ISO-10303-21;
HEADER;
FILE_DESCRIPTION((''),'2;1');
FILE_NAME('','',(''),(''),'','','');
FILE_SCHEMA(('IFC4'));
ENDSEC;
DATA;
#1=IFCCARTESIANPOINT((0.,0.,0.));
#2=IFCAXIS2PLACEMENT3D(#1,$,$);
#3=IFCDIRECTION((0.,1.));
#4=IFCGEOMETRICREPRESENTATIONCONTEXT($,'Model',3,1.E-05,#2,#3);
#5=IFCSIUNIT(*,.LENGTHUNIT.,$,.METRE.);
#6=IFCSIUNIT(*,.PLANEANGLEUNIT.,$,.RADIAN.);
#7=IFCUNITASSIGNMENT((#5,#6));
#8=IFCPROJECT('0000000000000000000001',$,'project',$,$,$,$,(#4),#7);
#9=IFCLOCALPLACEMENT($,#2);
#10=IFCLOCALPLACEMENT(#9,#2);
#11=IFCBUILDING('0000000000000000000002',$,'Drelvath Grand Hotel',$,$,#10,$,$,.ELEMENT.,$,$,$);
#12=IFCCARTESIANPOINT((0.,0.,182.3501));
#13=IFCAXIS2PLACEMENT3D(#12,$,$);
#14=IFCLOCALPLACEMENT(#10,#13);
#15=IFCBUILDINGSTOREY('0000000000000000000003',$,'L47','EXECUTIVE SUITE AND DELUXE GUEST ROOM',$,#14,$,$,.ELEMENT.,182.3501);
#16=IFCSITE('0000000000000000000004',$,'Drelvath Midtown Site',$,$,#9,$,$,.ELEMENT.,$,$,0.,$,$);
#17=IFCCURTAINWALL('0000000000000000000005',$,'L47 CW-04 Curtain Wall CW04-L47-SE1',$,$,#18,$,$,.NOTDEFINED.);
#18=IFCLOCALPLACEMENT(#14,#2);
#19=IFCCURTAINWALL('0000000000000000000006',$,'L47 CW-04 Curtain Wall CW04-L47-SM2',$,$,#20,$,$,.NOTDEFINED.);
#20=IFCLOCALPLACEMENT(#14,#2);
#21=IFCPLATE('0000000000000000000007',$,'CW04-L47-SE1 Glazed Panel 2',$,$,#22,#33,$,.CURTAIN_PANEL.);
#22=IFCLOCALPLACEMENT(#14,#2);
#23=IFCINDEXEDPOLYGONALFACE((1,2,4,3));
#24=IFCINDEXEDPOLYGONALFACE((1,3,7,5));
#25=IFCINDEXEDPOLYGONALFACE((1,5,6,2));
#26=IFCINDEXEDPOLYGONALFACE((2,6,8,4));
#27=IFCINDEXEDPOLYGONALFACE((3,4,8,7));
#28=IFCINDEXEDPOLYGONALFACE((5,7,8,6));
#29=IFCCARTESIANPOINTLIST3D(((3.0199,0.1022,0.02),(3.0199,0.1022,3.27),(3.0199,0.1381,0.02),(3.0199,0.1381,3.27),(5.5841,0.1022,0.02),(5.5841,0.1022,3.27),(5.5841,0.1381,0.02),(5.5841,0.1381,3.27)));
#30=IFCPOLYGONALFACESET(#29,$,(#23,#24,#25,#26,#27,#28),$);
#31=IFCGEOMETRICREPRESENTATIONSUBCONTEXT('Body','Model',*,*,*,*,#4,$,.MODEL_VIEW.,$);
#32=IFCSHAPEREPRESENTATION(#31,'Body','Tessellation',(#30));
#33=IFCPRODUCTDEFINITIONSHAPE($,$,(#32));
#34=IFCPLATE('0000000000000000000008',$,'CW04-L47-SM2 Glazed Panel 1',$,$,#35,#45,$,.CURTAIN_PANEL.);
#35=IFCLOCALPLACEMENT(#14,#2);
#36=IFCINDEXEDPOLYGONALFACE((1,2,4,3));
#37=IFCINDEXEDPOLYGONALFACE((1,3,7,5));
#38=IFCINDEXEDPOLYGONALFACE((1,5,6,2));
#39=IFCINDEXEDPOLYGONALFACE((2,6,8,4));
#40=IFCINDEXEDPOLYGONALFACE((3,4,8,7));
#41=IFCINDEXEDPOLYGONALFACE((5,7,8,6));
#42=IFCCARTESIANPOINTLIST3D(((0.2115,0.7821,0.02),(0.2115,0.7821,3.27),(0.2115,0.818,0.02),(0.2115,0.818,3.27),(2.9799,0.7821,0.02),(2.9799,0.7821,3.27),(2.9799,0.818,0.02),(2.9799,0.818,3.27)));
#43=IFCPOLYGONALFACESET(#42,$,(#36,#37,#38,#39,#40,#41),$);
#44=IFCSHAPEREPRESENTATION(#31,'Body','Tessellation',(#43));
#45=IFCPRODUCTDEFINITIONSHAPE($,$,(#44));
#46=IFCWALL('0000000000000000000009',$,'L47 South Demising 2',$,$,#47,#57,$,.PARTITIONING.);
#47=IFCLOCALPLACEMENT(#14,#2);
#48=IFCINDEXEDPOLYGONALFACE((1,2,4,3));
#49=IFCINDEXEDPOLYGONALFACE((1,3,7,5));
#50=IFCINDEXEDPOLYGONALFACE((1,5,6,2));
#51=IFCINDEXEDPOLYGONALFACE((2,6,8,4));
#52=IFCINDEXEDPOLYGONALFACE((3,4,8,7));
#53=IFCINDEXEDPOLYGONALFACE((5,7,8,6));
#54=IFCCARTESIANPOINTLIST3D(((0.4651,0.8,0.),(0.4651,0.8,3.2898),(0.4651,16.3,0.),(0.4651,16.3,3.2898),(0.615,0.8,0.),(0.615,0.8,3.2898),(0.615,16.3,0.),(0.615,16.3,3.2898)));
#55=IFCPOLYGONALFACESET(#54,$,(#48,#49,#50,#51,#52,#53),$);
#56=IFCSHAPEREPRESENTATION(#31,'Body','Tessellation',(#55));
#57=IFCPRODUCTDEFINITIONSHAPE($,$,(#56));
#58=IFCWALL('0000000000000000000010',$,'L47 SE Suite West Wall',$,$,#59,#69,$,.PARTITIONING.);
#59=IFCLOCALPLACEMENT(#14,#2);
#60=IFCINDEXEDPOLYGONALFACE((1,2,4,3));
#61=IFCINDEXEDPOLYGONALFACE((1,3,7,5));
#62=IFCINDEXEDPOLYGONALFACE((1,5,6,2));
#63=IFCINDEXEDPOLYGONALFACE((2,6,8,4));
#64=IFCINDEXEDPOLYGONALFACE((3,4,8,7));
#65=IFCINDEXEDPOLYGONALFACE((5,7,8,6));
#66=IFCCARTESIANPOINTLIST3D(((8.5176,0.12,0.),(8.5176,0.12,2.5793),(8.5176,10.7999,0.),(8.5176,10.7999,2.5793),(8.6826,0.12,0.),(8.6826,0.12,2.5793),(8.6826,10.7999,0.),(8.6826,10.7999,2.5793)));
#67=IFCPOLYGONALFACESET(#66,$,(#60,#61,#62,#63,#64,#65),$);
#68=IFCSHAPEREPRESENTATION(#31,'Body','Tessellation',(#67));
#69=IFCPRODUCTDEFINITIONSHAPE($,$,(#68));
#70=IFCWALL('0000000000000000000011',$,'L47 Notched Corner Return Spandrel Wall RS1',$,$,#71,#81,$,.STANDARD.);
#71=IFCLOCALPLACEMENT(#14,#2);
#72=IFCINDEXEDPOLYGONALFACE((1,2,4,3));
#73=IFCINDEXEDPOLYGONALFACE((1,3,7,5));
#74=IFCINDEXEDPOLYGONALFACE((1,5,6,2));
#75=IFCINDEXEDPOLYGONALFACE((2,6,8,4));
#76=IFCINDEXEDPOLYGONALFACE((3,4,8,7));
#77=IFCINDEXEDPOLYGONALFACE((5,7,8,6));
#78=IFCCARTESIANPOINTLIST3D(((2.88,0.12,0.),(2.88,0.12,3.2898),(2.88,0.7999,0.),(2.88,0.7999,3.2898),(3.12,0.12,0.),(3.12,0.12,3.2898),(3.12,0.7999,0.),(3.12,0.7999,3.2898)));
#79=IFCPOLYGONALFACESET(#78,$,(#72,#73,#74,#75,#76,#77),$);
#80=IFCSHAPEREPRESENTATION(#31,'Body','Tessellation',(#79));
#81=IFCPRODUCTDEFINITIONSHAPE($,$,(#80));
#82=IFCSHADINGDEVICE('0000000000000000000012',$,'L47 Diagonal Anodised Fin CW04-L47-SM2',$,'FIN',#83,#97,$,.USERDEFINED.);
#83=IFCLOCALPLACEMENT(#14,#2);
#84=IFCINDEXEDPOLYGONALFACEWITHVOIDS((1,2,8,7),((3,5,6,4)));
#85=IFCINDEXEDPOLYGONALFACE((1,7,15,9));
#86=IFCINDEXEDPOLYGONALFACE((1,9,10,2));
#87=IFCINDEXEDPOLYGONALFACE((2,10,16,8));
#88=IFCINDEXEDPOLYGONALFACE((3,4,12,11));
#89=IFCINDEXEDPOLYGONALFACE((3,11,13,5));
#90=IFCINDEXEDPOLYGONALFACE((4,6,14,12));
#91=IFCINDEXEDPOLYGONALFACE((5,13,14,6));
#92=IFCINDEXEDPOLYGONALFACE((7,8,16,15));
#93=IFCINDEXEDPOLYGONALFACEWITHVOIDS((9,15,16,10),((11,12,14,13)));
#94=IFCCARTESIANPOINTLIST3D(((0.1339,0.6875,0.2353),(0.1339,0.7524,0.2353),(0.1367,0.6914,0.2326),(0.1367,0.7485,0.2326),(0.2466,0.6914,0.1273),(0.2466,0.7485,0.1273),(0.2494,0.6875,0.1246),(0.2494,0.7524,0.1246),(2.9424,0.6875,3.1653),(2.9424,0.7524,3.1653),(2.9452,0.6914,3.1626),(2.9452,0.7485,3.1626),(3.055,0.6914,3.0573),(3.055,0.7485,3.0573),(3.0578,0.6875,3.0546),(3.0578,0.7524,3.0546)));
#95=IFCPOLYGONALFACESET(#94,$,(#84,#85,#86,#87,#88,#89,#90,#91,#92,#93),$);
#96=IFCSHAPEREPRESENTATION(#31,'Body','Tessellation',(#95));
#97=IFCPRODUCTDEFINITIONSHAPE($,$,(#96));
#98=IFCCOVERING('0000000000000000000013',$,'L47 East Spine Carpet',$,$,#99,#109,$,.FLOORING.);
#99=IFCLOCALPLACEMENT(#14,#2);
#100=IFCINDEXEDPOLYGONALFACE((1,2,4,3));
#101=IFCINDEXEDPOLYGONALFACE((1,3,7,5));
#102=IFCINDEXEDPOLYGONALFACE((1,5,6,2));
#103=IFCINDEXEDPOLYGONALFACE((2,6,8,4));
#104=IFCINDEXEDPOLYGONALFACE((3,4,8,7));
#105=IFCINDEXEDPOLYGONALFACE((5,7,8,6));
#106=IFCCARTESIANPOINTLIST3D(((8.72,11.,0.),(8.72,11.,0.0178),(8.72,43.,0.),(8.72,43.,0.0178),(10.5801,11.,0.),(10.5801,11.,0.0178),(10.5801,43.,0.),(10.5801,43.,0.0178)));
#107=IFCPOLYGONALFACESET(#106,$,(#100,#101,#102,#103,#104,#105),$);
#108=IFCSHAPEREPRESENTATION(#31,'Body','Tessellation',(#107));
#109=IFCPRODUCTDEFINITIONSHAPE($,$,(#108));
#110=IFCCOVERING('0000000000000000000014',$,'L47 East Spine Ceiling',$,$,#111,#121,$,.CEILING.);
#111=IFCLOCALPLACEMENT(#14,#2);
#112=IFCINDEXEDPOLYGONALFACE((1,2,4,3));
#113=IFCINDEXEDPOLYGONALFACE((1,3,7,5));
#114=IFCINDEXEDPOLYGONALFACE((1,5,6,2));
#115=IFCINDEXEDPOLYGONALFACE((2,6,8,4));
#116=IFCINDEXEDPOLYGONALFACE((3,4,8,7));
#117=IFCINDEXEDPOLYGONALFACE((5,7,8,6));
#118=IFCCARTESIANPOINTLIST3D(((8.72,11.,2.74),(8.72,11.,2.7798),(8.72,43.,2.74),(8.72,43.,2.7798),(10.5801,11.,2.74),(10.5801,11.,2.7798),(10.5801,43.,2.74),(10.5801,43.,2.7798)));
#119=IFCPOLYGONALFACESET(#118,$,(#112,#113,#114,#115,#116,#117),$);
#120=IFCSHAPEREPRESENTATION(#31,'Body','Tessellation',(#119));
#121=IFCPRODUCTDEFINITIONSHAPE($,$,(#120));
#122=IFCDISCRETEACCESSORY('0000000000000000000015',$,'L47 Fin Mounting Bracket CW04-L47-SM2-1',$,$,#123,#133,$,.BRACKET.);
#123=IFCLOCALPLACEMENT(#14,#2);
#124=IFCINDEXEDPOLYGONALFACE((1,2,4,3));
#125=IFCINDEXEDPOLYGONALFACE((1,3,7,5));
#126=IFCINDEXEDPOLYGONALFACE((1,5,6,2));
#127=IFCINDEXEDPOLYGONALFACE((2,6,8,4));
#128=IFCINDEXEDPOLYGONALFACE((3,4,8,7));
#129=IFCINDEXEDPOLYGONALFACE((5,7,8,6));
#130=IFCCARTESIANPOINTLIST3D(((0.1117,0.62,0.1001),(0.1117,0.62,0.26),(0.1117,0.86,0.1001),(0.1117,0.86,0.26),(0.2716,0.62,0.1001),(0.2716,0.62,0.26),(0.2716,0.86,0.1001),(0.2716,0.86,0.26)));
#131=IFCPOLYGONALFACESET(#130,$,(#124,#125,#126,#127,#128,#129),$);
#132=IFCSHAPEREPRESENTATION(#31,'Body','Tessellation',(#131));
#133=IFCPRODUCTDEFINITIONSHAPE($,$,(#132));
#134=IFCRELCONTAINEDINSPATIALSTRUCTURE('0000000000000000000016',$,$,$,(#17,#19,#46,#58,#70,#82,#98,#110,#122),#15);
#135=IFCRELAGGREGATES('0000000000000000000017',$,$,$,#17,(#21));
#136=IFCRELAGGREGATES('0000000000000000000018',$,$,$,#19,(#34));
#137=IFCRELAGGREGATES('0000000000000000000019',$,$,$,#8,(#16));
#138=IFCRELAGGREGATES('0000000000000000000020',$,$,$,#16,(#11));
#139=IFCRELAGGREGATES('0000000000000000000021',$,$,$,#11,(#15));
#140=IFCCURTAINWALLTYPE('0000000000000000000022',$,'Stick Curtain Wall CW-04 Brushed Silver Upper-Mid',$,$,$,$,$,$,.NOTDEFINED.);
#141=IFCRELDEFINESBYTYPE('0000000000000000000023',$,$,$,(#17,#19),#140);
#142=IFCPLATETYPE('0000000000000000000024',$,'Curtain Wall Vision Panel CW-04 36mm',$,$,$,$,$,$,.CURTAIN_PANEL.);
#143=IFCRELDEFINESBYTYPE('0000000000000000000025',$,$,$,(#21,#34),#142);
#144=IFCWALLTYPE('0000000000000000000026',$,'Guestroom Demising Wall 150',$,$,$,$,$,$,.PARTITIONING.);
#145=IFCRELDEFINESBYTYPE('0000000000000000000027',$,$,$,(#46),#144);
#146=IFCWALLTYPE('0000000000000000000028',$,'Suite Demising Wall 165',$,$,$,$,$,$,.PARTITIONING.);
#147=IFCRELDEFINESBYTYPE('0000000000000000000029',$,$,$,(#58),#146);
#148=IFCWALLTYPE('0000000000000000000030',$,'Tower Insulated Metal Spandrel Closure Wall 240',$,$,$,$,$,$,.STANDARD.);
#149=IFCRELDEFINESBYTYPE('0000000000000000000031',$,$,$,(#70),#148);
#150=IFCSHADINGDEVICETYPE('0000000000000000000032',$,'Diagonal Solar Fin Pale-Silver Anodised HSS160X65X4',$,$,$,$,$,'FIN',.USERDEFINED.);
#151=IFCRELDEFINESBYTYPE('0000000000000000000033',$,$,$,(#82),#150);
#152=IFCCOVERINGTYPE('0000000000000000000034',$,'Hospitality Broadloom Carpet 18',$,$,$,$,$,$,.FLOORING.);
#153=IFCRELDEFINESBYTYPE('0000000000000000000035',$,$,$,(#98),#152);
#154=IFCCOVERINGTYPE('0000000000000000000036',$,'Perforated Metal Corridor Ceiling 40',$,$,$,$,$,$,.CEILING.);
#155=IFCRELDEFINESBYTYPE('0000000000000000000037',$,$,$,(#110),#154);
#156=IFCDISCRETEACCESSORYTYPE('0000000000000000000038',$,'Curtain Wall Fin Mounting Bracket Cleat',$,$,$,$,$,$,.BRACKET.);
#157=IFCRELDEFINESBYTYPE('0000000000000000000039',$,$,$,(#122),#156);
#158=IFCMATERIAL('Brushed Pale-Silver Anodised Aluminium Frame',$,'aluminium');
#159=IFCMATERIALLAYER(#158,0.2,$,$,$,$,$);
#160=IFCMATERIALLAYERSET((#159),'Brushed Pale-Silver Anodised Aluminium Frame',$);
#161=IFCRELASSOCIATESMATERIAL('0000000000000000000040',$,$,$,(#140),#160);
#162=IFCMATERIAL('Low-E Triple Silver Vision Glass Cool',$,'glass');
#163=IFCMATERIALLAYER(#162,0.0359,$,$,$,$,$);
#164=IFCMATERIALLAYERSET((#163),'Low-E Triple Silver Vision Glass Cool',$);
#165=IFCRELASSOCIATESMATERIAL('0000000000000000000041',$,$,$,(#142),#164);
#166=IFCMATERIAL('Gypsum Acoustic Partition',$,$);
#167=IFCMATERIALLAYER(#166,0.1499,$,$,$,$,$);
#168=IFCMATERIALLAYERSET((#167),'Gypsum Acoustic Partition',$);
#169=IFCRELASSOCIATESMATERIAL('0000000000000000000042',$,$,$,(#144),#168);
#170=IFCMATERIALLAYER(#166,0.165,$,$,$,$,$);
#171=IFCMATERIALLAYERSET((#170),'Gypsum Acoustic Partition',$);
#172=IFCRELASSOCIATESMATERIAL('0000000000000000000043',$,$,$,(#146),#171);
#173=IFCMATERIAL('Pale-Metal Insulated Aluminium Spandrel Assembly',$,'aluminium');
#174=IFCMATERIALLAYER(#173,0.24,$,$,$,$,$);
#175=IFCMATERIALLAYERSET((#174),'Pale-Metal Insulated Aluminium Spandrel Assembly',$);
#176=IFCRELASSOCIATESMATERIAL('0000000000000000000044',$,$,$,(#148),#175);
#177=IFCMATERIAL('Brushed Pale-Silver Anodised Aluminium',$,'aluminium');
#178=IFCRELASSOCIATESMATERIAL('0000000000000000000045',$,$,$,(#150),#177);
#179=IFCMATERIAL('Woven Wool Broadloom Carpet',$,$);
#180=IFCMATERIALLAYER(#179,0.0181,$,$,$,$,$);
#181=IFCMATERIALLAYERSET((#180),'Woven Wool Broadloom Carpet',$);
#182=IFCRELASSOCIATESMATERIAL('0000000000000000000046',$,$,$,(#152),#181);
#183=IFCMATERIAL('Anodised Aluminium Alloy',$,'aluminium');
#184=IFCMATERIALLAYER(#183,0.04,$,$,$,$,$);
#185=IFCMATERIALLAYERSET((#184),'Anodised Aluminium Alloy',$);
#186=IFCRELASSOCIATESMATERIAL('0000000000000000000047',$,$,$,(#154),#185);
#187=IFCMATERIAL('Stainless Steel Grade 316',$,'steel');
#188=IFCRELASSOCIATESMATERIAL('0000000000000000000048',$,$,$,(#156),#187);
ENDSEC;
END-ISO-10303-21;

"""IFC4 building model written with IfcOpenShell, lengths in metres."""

from ifc_helpers import new_model, si_unit, direction, frame, frame_2d, origin, origin_2d, place, context, subcontext, project, spatial, polyline, rectangle, hollow_rectangle, outline, extrude, material, layer, layer_set, material_profile, profile_set, type_object, element, aggregate, save


model = new_model("IFC4")

# Units and contexts
model_context = context("Model", 3, precision=1e-05, world=origin(), true_north=direction((0.0, 1.0)))
body_context = subcontext(model_context, "Body", "Model", "MODEL_VIEW")
ifc_project = project(units=[si_unit("LENGTHUNIT", "METRE"), si_unit("PLANEANGLEUNIT", "RADIAN")], contexts=[model_context])

# Site, building, storey
site_placement = place(None, origin())
site = spatial("IfcSite", under=ifc_project, at=site_placement, Name="Drelvath Midtown Site", CompositionType="ELEMENT", RefElevation=0.0)
building_placement = place(site_placement, origin())
building = spatial("IfcBuilding", under=site, at=building_placement, Name="Drelvath Grand Hotel", CompositionType="ELEMENT")
storey_placement = place(building_placement, frame((0.0, 0.0, 182.3501)))
storey = spatial("IfcBuildingStorey", under=building, at=storey_placement, Name="L47", Description="EXECUTIVE SUITE AND DELUXE GUEST ROOM", CompositionType="ELEMENT", Elevation=182.3501)

# Curtain walls
ifc_material_1 = material(Name="Brushed Pale-Silver Anodised Aluminium Frame", Category="aluminium")
ifc_layer_1 = layer(ifc_material_1, 0.2)
ifc_layer_set_1 = layer_set([ifc_layer_1], Name="Brushed Pale-Silver Anodised Aluminium Frame")
curtain_wall_type = type_object("IfcCurtainWallType", Name="Stick Curtain Wall CW-04 Brushed Silver Upper-Mid", PredefinedType="NOTDEFINED", material=ifc_layer_set_1)
curtain_wall_1_placement = place(storey_placement, origin())
curtain_wall_1 = element("IfcCurtainWall", 1, at=curtain_wall_1_placement, inside=storey, type_object=curtain_wall_type, Name="L47 CW-04 Curtain Wall CW04-L47-SE1", PredefinedType="NOTDEFINED")
curtain_wall_2_placement = place(storey_placement, origin())
curtain_wall_2 = element("IfcCurtainWall", 2, at=curtain_wall_2_placement, inside=storey, type_object=curtain_wall_type, Name="L47 CW-04 Curtain Wall CW04-L47-SM2", PredefinedType="NOTDEFINED")

# Plates
ifc_material_2 = material(Name="Low-E Triple Silver Vision Glass Cool", Category="glass")
ifc_layer_2 = layer(ifc_material_2, 0.0359)
ifc_layer_set_2 = layer_set([ifc_layer_2], Name="Low-E Triple Silver Vision Glass Cool")
plate_type = type_object("IfcPlateType", Name="Curtain Wall Vision Panel CW-04 36mm", PredefinedType="CURTAIN_PANEL", material=ifc_layer_set_2)
plate_1_placement = place(storey_placement, frame((4.302, 0.1201, 0.02), z_axis=(0.0, 0.0, 1.0), x_axis=(-1.0, 0.0, 0.0)))
plate_1 = element("IfcPlate", 3, at=plate_1_placement, type_object=plate_type, Name="CW04-L47-SE1 Glazed Panel 2", PredefinedType="CURTAIN_PANEL", context=body_context, shape_type="SweptSolid", body=[
    extrude(rectangle(XDim=2.5642, YDim=0.0359, at=origin_2d()), origin(), (0.0, 0.0, 1.0), 3.25),
])
aggregate(curtain_wall_1, [plate_1])
plate_2_placement = place(storey_placement, frame((1.5957, 0.8, 0.02), z_axis=(0.0, 0.0, 1.0), x_axis=(-1.0, 0.0, 0.0)))
plate_2 = element("IfcPlate", 4, at=plate_2_placement, type_object=plate_type, Name="CW04-L47-SM2 Glazed Panel 1", PredefinedType="CURTAIN_PANEL", context=body_context, shape_type="SweptSolid", body=[
    extrude(rectangle(XDim=2.7683, YDim=0.0359, at=origin_2d()), origin(), (0.0, 0.0, 1.0), 3.25),
])
aggregate(curtain_wall_2, [plate_2])

# Walls
ifc_material_3 = material(Name="Gypsum Acoustic Partition")
ifc_layer_3 = layer(ifc_material_3, 0.1499)
ifc_layer_set_3 = layer_set([ifc_layer_3], Name="Gypsum Acoustic Partition")
wall_type_1 = type_object("IfcWallType", Name="Guestroom Demising Wall 150", PredefinedType="PARTITIONING", material=ifc_layer_set_3)
wall_1_placement = place(storey_placement, frame((0.54, 0.8, 0.0), z_axis=(0.0, 0.0, 1.0), x_axis=(0.0, 1.0, 0.0)))
element("IfcWall", 5, at=wall_1_placement, inside=storey, type_object=wall_type_1, Name="L47 South Demising 2", PredefinedType="PARTITIONING", context=body_context, shape_type="SweptSolid", body=[
    extrude(rectangle(XDim=15.5, YDim=0.1499, at=frame_2d((7.75, 0.0))), origin(), (0.0, 0.0, 1.0), 3.2898),
])
ifc_layer_4 = layer(ifc_material_3, 0.165)
ifc_layer_set_4 = layer_set([ifc_layer_4], Name="Gypsum Acoustic Partition")
wall_type_2 = type_object("IfcWallType", Name="Suite Demising Wall 165", PredefinedType="PARTITIONING", material=ifc_layer_set_4)
wall_2_placement = place(storey_placement, frame((8.6001, 0.1201, 0.0), z_axis=(0.0, 0.0, 1.0), x_axis=(0.0, 1.0, 0.0)))
element("IfcWall", 6, at=wall_2_placement, inside=storey, type_object=wall_type_2, Name="L47 SE Suite West Wall", PredefinedType="PARTITIONING", context=body_context, shape_type="SweptSolid", body=[
    extrude(rectangle(XDim=10.6799, YDim=0.165, at=frame_2d((5.3398, 0.0))), origin(), (0.0, 0.0, 1.0), 2.5793),
])
ifc_material_4 = material(Name="Pale-Metal Insulated Aluminium Spandrel Assembly", Category="aluminium")
ifc_layer_5 = layer(ifc_material_4, 0.24)
ifc_layer_set_5 = layer_set([ifc_layer_5], Name="Pale-Metal Insulated Aluminium Spandrel Assembly")
wall_type_3 = type_object("IfcWallType", Name="Tower Insulated Metal Spandrel Closure Wall 240", PredefinedType="STANDARD", material=ifc_layer_set_5)
wall_3_placement = place(storey_placement, frame((3.0, 0.1201, 0.0), z_axis=(0.0, 0.0, 1.0), x_axis=(0.0, 1.0, 0.0)))
element("IfcWall", 7, at=wall_3_placement, inside=storey, type_object=wall_type_3, Name="L47 Notched Corner Return Spandrel Wall RS1", PredefinedType="STANDARD", context=body_context, shape_type="SweptSolid", body=[
    extrude(rectangle(XDim=0.6799, YDim=0.24, at=frame_2d((0.3398, 0.0))), origin(), (0.0, 0.0, 1.0), 3.2898),
])

# Shading device
ifc_material_5 = material(Name="Brushed Pale-Silver Anodised Aluminium", Category="aluminium")
ifc_material_profile_1 = material_profile(ifc_material_5, hollow_rectangle(XDim=0.0649, YDim=0.1599, WallThickness=0.0039, at=origin_2d()), Name="HSS160X65X4")
ifc_profile_set_1 = profile_set([ifc_material_profile_1], Name="Brushed Pale-Silver Anodised Aluminium")
shading_device_type = type_object("IfcShadingDeviceType", Name="Diagonal Solar Fin Pale-Silver Anodised HSS160X65X4", ElementType="FIN", PredefinedType="USERDEFINED", material=ifc_profile_set_1)
shading_device_placement = place(storey_placement, frame((0.1917, 0.72, 0.1799), z_axis=(0.691969, 0.0, 0.721927), x_axis=(0.0, 1.0, 0.0)))
element("IfcShadingDevice", 8, at=shading_device_placement, inside=storey, type_object=shading_device_type, Name="L47 Diagonal Anodised Fin CW04-L47-SM2", ObjectType="FIN", PredefinedType="USERDEFINED", context=body_context, shape_type="SweptSolid", body=[
    extrude(hollow_rectangle(XDim=0.0649, YDim=0.1599, WallThickness=0.0039, at=origin_2d()), origin(), (0.0, 0.0, 1.0), 4.0586),
])

# Coverings
ifc_material_6 = material(Name="Woven Wool Broadloom Carpet")
ifc_layer_6 = layer(ifc_material_6, 0.0181)
ifc_layer_set_6 = layer_set([ifc_layer_6], Name="Woven Wool Broadloom Carpet")
covering_type_1 = type_object("IfcCoveringType", Name="Hospitality Broadloom Carpet 18", PredefinedType="FLOORING", material=ifc_layer_set_6)
covering_1_placement = place(storey_placement, origin())
element("IfcCovering", 9, at=covering_1_placement, inside=storey, type_object=covering_type_1, Name="L47 East Spine Carpet", PredefinedType="FLOORING", context=body_context, shape_type="SweptSolid", body=[
    extrude(outline(polyline([(10.5801, 11.0), (10.5801, 43.0), (8.72, 43.0), (8.72, 11.0), (10.5801, 11.0)])), origin(), (0.0, 0.0, 1.0), 0.0178),
])
ifc_material_7 = material(Name="Anodised Aluminium Alloy", Category="aluminium")
ifc_layer_7 = layer(ifc_material_7, 0.04)
ifc_layer_set_7 = layer_set([ifc_layer_7], Name="Anodised Aluminium Alloy")
covering_type_2 = type_object("IfcCoveringType", Name="Perforated Metal Corridor Ceiling 40", PredefinedType="CEILING", material=ifc_layer_set_7)
covering_2_placement = place(storey_placement, frame((0.0, 0.0, 2.74)))
element("IfcCovering", 10, at=covering_2_placement, inside=storey, type_object=covering_type_2, Name="L47 East Spine Ceiling", PredefinedType="CEILING", context=body_context, shape_type="SweptSolid", body=[
    extrude(outline(polyline([(10.5801, 11.0), (10.5801, 43.0), (8.72, 43.0), (8.72, 11.0), (10.5801, 11.0)])), origin(), (0.0, 0.0, 1.0), 0.0398),
])

# Discrete accessory
ifc_material_8 = material(Name="Stainless Steel Grade 316", Category="steel")
discrete_accessory_type = type_object("IfcDiscreteAccessoryType", Name="Curtain Wall Fin Mounting Bracket Cleat", PredefinedType="BRACKET", material=ifc_material_8)
discrete_accessory_placement = place(storey_placement, frame((0.1917, 0.74, 0.1001), z_axis=(0.0, 0.0, 1.0), x_axis=(-1.0, 0.0, 0.0)))
element("IfcDiscreteAccessory", 11, at=discrete_accessory_placement, inside=storey, type_object=discrete_accessory_type, Name="L47 Fin Mounting Bracket CW04-L47-SM2-1", PredefinedType="BRACKET", context=body_context, shape_type="SweptSolid", body=[
    extrude(rectangle(XDim=0.1599, YDim=0.24, at=origin_2d()), origin(), (0.0, 0.0, 1.0), 0.1599),
])

save(model, "model.ifc")
